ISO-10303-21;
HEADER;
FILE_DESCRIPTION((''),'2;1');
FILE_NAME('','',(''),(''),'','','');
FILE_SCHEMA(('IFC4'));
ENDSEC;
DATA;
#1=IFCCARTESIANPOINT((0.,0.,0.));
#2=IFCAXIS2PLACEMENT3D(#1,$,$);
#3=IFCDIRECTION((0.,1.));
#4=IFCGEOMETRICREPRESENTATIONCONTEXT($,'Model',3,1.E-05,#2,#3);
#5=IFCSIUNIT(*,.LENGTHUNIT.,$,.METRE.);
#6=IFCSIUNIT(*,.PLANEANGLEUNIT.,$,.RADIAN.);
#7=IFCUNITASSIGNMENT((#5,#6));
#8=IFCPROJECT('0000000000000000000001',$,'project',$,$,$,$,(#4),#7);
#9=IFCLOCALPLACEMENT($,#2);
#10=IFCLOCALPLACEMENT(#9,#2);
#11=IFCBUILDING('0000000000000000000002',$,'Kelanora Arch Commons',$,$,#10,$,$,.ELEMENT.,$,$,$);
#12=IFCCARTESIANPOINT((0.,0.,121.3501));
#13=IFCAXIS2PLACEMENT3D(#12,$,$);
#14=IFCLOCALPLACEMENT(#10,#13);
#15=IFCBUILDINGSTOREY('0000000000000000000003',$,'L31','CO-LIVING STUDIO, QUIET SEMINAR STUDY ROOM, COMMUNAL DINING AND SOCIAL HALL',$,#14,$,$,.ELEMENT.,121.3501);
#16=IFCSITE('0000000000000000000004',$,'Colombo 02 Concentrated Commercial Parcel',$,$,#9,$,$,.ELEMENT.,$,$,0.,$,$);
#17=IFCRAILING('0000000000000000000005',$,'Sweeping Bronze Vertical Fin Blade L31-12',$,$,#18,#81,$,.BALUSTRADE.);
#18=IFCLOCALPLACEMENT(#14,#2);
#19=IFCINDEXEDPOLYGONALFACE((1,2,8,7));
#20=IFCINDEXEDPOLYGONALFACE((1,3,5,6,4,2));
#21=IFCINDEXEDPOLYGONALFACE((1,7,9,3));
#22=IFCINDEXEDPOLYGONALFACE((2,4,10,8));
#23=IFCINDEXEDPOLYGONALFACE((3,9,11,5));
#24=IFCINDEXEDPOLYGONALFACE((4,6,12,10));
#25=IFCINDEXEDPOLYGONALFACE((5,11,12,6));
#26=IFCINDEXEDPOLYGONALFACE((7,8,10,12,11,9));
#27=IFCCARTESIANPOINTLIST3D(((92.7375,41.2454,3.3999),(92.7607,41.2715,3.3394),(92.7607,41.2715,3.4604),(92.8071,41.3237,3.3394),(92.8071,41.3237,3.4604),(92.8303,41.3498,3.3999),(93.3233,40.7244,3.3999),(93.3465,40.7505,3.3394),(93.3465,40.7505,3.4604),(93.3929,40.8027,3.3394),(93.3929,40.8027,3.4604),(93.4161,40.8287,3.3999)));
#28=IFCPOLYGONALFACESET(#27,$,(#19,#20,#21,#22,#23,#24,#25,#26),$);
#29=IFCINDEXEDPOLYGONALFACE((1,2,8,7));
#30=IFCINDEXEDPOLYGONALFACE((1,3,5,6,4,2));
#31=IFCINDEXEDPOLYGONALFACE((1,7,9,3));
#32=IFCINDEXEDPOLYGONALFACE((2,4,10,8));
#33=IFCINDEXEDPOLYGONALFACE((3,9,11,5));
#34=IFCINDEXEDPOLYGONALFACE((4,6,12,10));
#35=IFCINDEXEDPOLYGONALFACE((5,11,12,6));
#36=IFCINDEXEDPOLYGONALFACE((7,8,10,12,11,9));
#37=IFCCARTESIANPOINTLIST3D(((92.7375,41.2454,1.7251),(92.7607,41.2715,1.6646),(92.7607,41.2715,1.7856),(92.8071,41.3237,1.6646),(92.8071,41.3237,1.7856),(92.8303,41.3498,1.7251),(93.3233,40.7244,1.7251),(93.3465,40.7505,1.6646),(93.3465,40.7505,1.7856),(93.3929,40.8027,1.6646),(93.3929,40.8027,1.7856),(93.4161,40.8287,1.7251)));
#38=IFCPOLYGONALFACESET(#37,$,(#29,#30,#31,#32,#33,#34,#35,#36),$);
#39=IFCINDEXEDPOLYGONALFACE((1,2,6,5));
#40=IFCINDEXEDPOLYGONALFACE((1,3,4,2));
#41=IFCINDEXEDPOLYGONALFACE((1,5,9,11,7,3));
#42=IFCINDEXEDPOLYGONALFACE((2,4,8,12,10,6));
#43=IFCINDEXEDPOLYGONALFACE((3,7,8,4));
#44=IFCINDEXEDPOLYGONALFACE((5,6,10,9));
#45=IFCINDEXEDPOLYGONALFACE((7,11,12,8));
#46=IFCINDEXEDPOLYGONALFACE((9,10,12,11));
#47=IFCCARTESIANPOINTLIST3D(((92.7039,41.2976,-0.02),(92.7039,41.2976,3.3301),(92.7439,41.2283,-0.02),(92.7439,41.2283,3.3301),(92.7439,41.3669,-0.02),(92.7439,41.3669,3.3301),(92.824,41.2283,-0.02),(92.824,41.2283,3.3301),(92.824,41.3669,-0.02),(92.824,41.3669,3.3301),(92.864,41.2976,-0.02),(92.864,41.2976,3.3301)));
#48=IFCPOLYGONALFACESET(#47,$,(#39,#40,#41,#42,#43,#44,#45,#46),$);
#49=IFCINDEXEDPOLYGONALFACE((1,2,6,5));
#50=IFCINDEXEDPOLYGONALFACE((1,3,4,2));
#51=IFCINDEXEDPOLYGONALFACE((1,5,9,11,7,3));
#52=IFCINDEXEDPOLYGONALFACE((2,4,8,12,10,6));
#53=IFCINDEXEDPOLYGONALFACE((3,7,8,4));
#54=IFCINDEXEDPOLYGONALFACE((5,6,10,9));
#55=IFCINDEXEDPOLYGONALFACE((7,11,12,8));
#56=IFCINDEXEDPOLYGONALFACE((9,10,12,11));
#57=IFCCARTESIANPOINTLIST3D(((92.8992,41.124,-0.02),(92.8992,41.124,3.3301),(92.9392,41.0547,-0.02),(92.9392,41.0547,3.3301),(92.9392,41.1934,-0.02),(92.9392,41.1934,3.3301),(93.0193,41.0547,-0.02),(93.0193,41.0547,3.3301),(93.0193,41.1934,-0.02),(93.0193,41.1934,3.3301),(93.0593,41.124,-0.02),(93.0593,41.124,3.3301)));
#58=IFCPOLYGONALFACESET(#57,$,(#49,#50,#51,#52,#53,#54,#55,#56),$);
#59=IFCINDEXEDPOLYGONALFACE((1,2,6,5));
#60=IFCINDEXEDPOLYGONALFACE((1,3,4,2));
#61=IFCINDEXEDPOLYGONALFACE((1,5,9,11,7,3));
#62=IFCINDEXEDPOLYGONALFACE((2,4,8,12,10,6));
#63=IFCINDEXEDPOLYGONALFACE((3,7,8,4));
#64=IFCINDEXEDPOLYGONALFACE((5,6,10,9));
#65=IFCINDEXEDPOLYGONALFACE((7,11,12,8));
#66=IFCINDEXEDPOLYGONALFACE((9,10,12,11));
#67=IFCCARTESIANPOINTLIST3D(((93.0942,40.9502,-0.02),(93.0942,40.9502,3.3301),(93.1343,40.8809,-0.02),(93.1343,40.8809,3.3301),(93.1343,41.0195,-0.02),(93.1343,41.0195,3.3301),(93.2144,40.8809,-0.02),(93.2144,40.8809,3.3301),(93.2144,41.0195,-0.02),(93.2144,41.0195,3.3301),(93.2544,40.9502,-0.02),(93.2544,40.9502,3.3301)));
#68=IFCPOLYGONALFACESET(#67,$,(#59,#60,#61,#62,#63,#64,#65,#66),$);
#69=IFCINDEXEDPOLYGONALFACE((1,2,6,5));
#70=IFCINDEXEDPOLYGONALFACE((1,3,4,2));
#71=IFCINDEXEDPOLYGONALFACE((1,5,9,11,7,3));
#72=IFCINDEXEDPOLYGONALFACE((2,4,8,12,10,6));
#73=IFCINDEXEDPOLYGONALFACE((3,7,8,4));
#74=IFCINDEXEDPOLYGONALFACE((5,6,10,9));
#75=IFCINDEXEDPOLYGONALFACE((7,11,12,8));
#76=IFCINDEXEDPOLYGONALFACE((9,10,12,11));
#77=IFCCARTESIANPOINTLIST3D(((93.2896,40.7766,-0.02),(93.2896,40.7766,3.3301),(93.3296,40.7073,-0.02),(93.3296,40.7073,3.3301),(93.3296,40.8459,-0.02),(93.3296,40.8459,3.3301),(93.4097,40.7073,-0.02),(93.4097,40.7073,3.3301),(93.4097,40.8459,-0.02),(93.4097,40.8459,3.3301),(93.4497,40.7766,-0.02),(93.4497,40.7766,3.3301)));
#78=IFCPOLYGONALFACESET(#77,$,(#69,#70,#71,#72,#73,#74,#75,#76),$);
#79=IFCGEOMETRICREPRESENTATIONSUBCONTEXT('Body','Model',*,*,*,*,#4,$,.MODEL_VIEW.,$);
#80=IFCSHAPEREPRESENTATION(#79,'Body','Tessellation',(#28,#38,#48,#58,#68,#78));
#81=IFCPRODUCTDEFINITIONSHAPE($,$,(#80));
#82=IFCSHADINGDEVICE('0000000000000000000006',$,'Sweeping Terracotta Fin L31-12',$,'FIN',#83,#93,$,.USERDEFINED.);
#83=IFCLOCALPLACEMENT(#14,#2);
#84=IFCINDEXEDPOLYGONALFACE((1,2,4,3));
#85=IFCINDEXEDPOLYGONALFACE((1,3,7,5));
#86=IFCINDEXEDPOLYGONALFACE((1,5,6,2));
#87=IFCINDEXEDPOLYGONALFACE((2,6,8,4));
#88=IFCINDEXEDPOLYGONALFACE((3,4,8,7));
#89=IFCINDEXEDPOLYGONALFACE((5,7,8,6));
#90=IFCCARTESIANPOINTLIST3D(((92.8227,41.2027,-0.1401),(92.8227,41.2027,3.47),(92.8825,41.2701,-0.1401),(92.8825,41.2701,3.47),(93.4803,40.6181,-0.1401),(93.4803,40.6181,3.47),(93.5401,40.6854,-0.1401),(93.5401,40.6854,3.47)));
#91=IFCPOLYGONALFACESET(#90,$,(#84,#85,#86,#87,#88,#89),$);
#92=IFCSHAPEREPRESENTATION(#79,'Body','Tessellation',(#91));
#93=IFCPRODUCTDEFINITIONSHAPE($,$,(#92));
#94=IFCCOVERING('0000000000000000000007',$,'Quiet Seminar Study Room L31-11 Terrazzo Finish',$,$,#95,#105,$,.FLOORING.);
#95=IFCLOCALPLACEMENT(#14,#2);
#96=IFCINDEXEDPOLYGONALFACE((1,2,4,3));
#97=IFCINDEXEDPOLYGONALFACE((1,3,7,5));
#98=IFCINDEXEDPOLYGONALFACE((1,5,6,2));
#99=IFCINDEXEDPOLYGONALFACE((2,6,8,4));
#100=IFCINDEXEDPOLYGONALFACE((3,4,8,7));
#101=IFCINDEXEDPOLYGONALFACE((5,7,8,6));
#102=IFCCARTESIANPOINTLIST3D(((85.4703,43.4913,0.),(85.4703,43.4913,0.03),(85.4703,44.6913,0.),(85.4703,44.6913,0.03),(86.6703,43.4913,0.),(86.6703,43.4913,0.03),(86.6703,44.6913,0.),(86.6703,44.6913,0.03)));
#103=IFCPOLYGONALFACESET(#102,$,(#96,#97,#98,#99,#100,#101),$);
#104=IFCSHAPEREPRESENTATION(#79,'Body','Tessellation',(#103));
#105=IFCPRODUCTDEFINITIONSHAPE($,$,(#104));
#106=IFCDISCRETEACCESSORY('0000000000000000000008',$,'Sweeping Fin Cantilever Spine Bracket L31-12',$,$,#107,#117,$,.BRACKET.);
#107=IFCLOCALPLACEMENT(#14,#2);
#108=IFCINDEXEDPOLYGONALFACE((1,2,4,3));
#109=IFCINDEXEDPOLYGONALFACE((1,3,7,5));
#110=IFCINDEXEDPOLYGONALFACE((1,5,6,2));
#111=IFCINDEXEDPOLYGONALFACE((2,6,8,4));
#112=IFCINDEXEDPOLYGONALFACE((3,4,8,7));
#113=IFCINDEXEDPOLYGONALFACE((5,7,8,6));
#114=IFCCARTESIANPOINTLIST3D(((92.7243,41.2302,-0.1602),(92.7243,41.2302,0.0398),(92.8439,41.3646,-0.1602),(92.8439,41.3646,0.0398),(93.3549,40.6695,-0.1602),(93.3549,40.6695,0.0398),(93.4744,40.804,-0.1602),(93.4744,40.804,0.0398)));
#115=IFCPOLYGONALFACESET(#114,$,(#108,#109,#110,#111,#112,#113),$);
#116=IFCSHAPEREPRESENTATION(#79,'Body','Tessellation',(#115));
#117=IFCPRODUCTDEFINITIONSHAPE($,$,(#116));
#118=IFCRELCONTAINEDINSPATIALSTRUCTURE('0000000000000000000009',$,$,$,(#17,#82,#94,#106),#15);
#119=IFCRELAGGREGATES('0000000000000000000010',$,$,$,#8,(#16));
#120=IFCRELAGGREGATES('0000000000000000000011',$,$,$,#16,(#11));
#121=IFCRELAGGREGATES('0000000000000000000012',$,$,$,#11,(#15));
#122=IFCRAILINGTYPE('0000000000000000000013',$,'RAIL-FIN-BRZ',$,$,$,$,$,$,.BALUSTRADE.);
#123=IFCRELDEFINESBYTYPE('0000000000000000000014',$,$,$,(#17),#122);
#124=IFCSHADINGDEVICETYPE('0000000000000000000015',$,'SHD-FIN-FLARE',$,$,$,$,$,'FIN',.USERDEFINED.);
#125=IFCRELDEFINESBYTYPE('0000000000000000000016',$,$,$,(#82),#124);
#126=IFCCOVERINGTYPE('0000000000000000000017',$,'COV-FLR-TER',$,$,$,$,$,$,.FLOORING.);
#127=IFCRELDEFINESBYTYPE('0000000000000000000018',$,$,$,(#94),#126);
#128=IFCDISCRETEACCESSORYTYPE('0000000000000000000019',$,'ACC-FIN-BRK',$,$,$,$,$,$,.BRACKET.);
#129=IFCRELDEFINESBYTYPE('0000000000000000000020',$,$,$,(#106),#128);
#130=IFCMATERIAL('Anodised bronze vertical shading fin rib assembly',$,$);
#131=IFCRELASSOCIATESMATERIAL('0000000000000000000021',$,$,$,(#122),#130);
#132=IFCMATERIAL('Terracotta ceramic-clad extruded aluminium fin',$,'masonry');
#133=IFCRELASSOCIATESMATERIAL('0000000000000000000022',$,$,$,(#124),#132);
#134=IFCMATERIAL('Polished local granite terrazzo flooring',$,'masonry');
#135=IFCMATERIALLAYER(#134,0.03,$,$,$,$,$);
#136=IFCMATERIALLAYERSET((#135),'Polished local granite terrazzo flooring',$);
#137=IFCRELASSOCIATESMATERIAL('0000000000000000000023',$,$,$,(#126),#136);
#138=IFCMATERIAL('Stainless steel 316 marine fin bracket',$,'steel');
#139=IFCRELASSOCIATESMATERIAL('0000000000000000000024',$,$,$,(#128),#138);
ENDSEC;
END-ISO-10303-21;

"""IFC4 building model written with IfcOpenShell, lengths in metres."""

from ifc_helpers import new_model, si_unit, direction, frame, origin, origin_2d, place, context, subcontext, project, spatial, polyline, rectangle, outline, extrude, source, transform, mapped, material, layer, layer_set, type_object, element, save


model = new_model("IFC4")

# Units and contexts
model_context = context("Model", 3, precision=1e-05, world=origin(), true_north=direction((0.0, 1.0)))
body_context = subcontext(model_context, "Body", "Model", "MODEL_VIEW")
ifc_project = project(units=[si_unit("LENGTHUNIT", "METRE"), si_unit("PLANEANGLEUNIT", "RADIAN")], contexts=[model_context])

# Site, building, storey
site_placement = place(None, origin())
site = spatial("IfcSite", under=ifc_project, at=site_placement, Name="Colombo 02 Concentrated Commercial Parcel", CompositionType="ELEMENT", RefElevation=0.0)
building_placement = place(site_placement, origin())
building = spatial("IfcBuilding", under=site, at=building_placement, Name="Kelanora Arch Commons", CompositionType="ELEMENT")
storey_placement = place(building_placement, frame((0.0, 0.0, 121.3501)))
storey = spatial("IfcBuildingStorey", under=building, at=storey_placement, Name="L31", Description="CO-LIVING STUDIO, QUIET SEMINAR STUDY ROOM, COMMUNAL DINING AND SOCIAL HALL", CompositionType="ELEMENT", Elevation=121.3501)

# Railing
ifc_material_1 = material(Name="Anodised bronze vertical shading fin rib assembly")
railing_type = type_object("IfcRailingType", Name="RAIL-FIN-BRZ", PredefinedType="BALUSTRADE", material=ifc_material_1)
railing_placement = place(storey_placement, frame((92.7839, 41.2976, -0.02)))
element("IfcRailing", 1, at=railing_placement, inside=storey, type_object=railing_type, Name="Sweeping Bronze Vertical Fin Blade L31-12", PredefinedType="BALUSTRADE", context=body_context, shape_type="SweptSolid", body=[
    extrude(outline(polyline([(0.0698, 0.0), (0.0349, 0.0605), (-0.0349, 0.0605), (-0.0698, 0.0), (-0.0349, -0.0605), (0.0349, -0.0605), (0.0698, 0.0)])), frame((0.0, 0.0, 3.4199), z_axis=(0.747169, -0.664634, 0.0), x_axis=(0.664634, 0.747169, 0.0)), (0.0, 0.0, 1.0), 0.7839),
    extrude(outline(polyline([(0.0698, 0.0), (0.0349, 0.0605), (-0.0349, 0.0605), (-0.0698, 0.0), (-0.0349, -0.0605), (0.0349, -0.0605), (0.0698, 0.0)])), frame((0.0, 0.0, 1.7451), z_axis=(0.747169, -0.664634, 0.0), x_axis=(0.664634, 0.747169, 0.0)), (0.0, 0.0, 1.0), 0.7839),
    extrude(outline(polyline([(0.0801, 0.0), (0.04, 0.0693), (-0.04, 0.0693), (-0.0801, 0.0), (-0.04, -0.0693), (0.04, -0.0693), (0.0801, 0.0)])), origin(), (0.0, 0.0, 1.0), 3.3501),
    extrude(outline(polyline([(0.0801, 0.0), (0.04, 0.0693), (-0.04, 0.0693), (-0.0801, 0.0), (-0.04, -0.0693), (0.04, -0.0693), (0.0801, 0.0)])), frame((0.1953, -0.1736, 0.0)), (0.0, 0.0, 1.0), 3.3501),
    extrude(outline(polyline([(0.0801, 0.0), (0.04, 0.0693), (-0.04, 0.0693), (-0.0801, 0.0), (-0.04, -0.0693), (0.04, -0.0693), (0.0801, 0.0)])), frame((0.3904, -0.3474, 0.0)), (0.0, 0.0, 1.0), 3.3501),
    extrude(outline(polyline([(0.0801, 0.0), (0.04, 0.0693), (-0.04, 0.0693), (-0.0801, 0.0), (-0.04, -0.0693), (0.04, -0.0693), (0.0801, 0.0)])), frame((0.5857, -0.521, 0.0)), (0.0, 0.0, 1.0), 3.3501),
])

# Shading device
ifc_material_2 = material(Name="Terracotta ceramic-clad extruded aluminium fin", Category="masonry")
shading_device_type = type_object("IfcShadingDeviceType", Name="SHD-FIN-FLARE", ElementType="FIN", PredefinedType="USERDEFINED", material=ifc_material_2)
shared_shape_1 = source(origin(), body_context, "Body", "SweptSolid", [
    extrude(rectangle(XDim=0.8799, YDim=0.0901, at=origin_2d()), origin(), (0.0, 0.0, 1.0), 3.6101),
])
shading_device_placement = place(storey_placement, frame((93.1814, 40.9441, -0.1401), z_axis=(0.0, 0.0, 1.0), x_axis=(0.747334, -0.664448, 0.0)))
element("IfcShadingDevice", 2, at=shading_device_placement, inside=storey, type_object=shading_device_type, Name="Sweeping Terracotta Fin L31-12", ObjectType="FIN", PredefinedType="USERDEFINED", context=body_context, shape_type="MappedRepresentation", body=[
    mapped(shared_shape_1, transform((0.0, 0.0, 0.0), scale=1.0)),
])

# Covering
ifc_material_3 = material(Name="Polished local granite terrazzo flooring", Category="masonry")
ifc_layer_1 = layer(ifc_material_3, 0.03)
ifc_layer_set_1 = layer_set([ifc_layer_1], Name="Polished local granite terrazzo flooring")
covering_type = type_object("IfcCoveringType", Name="COV-FLR-TER", PredefinedType="FLOORING", material=ifc_layer_set_1)
shared_shape_2 = source(origin(), body_context, "Body", "SweptSolid", [
    extrude(rectangle(XDim=1.2, YDim=1.2, at=origin_2d()), origin(), (0.0, 0.0, 1.0), 0.03),
])
covering_placement = place(storey_placement, frame((86.0703, 44.0913, 0.0), z_axis=(0.0, 0.0, 1.0), x_axis=(1.0, 0.0, 0.0)))
element("IfcCovering", 3, at=covering_placement, inside=storey, type_object=covering_type, Name="Quiet Seminar Study Room L31-11 Terrazzo Finish", PredefinedType="FLOORING", context=body_context, shape_type="MappedRepresentation", body=[
    mapped(shared_shape_2, transform((0.0, 0.0, 0.0), scale=1.0)),
])

# Discrete accessory
ifc_material_4 = material(Name="Stainless steel 316 marine fin bracket", Category="steel")
discrete_accessory_type = type_object("IfcDiscreteAccessoryType", Name="ACC-FIN-BRK", PredefinedType="BRACKET", material=ifc_material_4)
shared_shape_3 = source(origin(), body_context, "Body", "SweptSolid", [
    extrude(rectangle(XDim=0.8438, YDim=0.1799, at=origin_2d()), origin(), (0.0, 0.0, 1.0), 0.2),
])
discrete_accessory_placement = place(storey_placement, frame((93.0994, 41.0171, -0.1602), z_axis=(0.0, 0.0, 1.0), x_axis=(0.747334, -0.664448, 0.0)))
element("IfcDiscreteAccessory", 4, at=discrete_accessory_placement, inside=storey, type_object=discrete_accessory_type, Name="Sweeping Fin Cantilever Spine Bracket L31-12", PredefinedType="BRACKET", context=body_context, shape_type="MappedRepresentation", body=[
    mapped(shared_shape_3, transform((0.0, 0.0, 0.0), scale=1.0)),
])

save(model, "model.ifc")
